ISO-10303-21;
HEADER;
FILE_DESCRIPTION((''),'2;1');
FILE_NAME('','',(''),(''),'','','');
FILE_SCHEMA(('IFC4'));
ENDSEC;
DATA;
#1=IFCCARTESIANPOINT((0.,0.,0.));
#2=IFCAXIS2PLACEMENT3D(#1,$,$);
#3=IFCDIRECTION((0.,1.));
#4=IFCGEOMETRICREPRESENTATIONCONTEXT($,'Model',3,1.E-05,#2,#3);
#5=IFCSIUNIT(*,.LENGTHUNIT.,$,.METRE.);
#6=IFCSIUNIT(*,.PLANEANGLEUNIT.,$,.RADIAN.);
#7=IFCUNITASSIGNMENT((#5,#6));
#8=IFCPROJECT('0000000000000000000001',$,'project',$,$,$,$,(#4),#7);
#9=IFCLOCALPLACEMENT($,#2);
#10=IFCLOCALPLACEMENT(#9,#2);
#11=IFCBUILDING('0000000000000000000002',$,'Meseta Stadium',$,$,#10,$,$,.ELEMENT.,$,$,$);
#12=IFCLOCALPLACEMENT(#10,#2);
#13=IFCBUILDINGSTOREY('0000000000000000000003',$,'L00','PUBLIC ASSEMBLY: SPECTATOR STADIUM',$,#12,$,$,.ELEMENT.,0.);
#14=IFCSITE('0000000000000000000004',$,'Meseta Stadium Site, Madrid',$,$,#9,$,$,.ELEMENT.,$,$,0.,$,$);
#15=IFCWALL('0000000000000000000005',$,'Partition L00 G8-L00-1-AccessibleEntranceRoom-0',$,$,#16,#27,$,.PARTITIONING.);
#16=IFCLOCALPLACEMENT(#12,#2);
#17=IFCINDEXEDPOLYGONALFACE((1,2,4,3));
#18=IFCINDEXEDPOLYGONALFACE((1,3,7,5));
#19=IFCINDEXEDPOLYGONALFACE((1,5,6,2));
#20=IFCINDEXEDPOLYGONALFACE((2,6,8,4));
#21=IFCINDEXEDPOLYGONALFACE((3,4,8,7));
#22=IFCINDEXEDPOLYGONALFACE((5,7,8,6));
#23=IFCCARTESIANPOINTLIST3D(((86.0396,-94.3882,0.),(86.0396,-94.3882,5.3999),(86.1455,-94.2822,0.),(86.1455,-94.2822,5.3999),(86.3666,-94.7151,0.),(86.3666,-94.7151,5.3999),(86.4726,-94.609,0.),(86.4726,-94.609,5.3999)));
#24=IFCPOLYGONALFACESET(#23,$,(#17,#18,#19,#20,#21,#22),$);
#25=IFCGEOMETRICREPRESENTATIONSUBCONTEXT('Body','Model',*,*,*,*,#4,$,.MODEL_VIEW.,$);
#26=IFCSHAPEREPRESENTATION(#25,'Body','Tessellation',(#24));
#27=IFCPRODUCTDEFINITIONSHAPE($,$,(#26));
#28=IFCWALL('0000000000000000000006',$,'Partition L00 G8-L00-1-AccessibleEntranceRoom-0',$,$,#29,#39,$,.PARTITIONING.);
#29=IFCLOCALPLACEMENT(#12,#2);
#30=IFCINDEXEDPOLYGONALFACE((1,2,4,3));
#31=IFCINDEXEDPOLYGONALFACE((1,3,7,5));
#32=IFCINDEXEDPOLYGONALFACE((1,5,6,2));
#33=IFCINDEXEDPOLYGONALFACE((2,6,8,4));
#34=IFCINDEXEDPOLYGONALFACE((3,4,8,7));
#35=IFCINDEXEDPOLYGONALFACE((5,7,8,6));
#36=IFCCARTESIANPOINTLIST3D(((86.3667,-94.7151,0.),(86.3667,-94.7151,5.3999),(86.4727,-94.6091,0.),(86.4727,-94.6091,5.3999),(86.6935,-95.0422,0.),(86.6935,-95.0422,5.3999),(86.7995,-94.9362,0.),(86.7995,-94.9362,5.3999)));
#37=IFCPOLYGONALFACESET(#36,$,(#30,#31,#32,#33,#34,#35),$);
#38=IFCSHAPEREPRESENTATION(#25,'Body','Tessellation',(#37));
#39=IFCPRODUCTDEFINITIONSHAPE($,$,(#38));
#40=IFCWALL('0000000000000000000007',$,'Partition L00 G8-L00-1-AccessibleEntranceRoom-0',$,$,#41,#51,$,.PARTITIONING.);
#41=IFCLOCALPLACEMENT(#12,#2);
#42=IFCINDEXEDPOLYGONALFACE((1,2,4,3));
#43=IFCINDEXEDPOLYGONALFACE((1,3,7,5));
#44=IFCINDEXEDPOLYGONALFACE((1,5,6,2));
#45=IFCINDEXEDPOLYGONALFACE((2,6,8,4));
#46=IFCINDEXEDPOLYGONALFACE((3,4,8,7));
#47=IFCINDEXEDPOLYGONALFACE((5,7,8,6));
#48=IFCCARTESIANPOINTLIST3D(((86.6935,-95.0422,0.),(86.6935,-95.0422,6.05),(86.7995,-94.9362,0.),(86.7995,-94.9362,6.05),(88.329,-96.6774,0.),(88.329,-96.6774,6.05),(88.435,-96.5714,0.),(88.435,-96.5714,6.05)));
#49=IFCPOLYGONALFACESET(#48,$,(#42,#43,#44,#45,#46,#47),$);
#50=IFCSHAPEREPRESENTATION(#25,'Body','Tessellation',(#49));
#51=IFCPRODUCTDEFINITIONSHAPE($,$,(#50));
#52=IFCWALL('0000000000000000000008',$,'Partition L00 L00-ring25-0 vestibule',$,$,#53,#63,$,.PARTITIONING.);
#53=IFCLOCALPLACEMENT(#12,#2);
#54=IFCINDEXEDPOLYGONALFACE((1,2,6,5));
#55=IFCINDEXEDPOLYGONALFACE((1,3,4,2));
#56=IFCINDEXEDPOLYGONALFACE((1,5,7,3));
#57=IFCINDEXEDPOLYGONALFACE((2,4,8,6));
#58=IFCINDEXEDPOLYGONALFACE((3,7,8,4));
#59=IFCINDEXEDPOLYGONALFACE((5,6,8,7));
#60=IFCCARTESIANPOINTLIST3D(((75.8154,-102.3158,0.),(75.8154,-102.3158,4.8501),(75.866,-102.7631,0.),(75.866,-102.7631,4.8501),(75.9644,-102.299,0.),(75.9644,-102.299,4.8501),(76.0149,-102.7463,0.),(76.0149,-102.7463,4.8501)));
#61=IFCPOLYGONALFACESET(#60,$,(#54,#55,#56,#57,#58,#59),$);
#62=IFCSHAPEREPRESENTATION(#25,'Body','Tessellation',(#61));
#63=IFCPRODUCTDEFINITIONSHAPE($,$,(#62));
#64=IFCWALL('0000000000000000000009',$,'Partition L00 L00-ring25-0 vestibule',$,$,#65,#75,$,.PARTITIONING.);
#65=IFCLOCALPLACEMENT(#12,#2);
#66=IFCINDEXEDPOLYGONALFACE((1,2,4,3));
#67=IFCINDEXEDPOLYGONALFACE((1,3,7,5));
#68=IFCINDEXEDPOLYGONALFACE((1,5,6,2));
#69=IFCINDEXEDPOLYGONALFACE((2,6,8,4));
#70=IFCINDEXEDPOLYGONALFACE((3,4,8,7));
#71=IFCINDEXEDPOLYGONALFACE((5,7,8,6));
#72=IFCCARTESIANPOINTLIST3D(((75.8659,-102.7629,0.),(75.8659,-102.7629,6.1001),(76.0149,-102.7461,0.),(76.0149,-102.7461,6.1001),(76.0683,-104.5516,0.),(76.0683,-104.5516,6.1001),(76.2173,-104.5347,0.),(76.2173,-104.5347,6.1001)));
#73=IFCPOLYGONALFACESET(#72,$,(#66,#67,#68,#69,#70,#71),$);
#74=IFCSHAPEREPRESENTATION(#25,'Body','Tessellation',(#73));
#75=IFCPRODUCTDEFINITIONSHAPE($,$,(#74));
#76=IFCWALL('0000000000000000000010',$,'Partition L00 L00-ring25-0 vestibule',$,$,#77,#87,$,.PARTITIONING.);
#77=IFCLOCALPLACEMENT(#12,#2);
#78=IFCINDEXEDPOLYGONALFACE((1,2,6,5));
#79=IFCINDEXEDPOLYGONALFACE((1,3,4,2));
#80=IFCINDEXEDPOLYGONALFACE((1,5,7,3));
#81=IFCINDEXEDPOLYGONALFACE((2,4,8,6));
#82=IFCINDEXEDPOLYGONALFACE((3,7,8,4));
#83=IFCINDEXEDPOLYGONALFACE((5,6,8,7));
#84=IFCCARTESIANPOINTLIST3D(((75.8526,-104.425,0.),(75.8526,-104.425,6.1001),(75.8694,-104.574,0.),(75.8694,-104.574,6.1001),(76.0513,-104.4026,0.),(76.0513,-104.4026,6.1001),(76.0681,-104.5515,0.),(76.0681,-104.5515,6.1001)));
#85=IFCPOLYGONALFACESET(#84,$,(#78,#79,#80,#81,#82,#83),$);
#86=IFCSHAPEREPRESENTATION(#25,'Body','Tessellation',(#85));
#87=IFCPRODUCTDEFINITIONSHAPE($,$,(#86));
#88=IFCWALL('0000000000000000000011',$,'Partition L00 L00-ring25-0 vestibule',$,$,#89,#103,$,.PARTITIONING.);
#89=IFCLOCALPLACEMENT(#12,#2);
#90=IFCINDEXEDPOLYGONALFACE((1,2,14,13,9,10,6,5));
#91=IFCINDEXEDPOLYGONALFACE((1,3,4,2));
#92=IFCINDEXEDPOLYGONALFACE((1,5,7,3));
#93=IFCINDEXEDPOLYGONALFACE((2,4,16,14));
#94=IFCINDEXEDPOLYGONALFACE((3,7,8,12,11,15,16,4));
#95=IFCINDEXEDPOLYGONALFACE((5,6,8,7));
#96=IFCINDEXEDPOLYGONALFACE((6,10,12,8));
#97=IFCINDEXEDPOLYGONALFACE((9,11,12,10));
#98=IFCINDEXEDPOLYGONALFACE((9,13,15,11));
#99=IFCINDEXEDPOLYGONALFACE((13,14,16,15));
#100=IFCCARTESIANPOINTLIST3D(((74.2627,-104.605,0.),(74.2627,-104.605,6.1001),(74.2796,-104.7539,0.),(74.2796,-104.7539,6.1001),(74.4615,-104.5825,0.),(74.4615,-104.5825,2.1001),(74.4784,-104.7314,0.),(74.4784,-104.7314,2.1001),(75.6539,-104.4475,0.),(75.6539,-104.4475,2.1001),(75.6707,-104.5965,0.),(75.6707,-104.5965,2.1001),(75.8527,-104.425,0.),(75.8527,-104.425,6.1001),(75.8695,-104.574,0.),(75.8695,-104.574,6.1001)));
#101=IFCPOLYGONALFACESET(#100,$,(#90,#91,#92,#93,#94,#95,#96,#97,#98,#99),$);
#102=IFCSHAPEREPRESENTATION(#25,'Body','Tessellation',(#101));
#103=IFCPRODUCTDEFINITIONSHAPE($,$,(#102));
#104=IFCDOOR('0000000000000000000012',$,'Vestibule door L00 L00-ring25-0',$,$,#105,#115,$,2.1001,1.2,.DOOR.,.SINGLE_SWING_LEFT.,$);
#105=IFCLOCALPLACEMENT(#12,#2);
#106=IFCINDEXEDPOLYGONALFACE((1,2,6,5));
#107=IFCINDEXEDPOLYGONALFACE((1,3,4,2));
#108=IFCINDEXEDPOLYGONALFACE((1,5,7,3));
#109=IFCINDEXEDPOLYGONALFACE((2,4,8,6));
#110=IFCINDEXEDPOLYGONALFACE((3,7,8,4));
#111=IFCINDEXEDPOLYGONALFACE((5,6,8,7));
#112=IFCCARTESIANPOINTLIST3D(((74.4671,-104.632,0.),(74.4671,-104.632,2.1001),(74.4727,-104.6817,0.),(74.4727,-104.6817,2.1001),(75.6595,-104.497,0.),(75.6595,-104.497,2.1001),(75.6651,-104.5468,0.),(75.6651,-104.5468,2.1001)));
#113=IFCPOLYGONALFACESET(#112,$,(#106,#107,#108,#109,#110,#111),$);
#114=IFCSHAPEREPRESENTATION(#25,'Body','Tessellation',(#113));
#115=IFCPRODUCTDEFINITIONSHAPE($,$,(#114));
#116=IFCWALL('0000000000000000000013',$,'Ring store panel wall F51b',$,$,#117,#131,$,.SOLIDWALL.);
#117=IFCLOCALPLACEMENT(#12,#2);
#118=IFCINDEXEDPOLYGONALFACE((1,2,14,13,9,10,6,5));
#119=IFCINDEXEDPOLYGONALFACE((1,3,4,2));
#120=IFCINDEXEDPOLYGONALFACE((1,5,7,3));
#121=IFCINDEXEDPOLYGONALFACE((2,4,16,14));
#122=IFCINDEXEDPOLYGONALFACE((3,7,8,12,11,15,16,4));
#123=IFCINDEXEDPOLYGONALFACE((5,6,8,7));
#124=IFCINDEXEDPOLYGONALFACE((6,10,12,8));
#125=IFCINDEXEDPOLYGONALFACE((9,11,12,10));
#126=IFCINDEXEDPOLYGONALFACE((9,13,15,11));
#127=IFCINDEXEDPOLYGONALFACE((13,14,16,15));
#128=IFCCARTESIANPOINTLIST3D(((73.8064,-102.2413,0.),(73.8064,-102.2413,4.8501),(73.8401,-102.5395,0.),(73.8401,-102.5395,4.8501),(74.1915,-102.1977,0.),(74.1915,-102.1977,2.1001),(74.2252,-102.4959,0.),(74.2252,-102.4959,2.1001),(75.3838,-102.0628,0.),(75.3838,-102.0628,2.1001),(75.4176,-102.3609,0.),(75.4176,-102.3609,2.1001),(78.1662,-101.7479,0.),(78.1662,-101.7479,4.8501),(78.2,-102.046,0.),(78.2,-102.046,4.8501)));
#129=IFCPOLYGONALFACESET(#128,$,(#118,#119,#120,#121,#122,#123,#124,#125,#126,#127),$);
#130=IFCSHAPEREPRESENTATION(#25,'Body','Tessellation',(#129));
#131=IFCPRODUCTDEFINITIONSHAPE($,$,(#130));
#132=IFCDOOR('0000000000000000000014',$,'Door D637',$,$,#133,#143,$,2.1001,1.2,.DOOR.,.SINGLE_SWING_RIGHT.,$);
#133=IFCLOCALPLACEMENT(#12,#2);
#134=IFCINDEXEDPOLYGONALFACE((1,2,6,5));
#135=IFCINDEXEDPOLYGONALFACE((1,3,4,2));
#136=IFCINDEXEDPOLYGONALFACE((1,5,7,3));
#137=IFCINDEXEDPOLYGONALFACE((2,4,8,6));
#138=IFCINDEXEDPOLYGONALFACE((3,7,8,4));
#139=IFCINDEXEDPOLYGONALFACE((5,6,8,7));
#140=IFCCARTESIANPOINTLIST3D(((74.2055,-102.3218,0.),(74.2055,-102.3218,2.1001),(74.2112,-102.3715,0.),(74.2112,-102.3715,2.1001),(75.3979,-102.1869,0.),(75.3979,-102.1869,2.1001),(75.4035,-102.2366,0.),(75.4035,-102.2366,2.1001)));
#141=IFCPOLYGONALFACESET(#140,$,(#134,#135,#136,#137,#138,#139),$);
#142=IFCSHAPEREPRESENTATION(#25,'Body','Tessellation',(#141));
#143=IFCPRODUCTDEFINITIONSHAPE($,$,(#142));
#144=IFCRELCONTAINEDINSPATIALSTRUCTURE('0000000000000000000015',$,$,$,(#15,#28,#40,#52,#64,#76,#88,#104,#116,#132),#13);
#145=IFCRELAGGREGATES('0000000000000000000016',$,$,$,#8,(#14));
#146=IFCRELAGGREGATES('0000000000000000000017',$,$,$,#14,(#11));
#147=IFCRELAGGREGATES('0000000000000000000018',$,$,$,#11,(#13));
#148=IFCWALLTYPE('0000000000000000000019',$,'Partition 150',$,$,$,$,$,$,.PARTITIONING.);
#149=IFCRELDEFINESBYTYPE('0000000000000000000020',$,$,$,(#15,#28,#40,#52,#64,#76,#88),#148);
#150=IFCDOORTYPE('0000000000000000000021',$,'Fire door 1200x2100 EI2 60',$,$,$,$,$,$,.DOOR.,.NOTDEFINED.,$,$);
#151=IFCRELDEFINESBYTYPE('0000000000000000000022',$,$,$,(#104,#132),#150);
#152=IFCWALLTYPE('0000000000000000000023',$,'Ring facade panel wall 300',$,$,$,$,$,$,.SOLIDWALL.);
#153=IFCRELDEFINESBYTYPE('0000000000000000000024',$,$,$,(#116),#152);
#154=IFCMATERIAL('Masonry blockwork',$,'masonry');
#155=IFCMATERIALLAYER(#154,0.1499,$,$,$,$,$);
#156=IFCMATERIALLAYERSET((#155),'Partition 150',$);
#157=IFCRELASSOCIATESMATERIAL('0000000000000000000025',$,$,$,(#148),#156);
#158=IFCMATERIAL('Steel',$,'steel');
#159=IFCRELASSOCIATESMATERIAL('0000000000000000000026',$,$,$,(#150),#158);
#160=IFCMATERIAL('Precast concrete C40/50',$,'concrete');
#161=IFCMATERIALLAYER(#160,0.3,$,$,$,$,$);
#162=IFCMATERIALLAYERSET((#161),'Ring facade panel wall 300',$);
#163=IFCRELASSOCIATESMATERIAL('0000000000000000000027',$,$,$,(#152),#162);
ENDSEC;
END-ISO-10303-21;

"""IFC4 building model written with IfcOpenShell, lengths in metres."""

from ifc_helpers import new_model, si_unit, direction, frame, frame_2d, origin, place, context, subcontext, project, spatial, rectangle, extrude, material, layer, layer_set, type_object, element, fill, save


model = new_model("IFC4")

# Units and contexts
model_context = context("Model", 3, precision=1e-05, world=origin(), true_north=direction((0.0, 1.0)))
body_context = subcontext(model_context, "Body", "Model", "MODEL_VIEW")
ifc_project = project(units=[si_unit("LENGTHUNIT", "METRE"), si_unit("PLANEANGLEUNIT", "RADIAN")], contexts=[model_context])

# Site, building, storey
site_placement = place(None, origin())
site = spatial("IfcSite", under=ifc_project, at=site_placement, Name="Meseta Stadium Site, Madrid", CompositionType="ELEMENT", RefElevation=0.0)
building_placement = place(site_placement, origin())
building = spatial("IfcBuilding", under=site, at=building_placement, Name="Meseta Stadium", CompositionType="ELEMENT")
storey_placement = place(building_placement, origin())
storey = spatial("IfcBuildingStorey", under=building, at=storey_placement, Name="L00", Description="PUBLIC ASSEMBLY: SPECTATOR STADIUM", CompositionType="ELEMENT", Elevation=0.0)

# Shared definitions
ifc_material_1 = material(Name="Masonry blockwork", Category="masonry")
ifc_layer_1 = layer(ifc_material_1, 0.1499)
ifc_layer_set_1 = layer_set([ifc_layer_1], Name="Partition 150")
wall_type_1 = type_object("IfcWallType", Name="Partition 150", PredefinedType="PARTITIONING", material=ifc_layer_set_1)

# Walls
for number, where, z_axis, x_axis, name in (
    (1, (86.0925, -94.3352, 0.0), (0.0, 0.0, 1.0), (0.707371, -0.706843, 0.0), "Partition L00 G8-L00-1-AccessibleEntranceRoom-0"),
    (2, (86.4197, -94.6621, 0.0), (0.0, 0.0, 1.0), (0.706843, -0.707371, 0.0), "Partition L00 G8-L00-1-AccessibleEntranceRoom-0"),
):
    element("IfcWall", number, at=place(storey_placement, frame(where, z_axis=z_axis, x_axis=x_axis)), inside=storey, type_object=wall_type_1, Name=name, PredefinedType="PARTITIONING", context=body_context, shape_type="SweptSolid", body=[
        extrude(rectangle(XDim=0.4624, YDim=0.1499, at=frame_2d((0.2312, 0.0))), origin(), (0.0, 0.0, 1.0), 5.3999),
    ])
wall_1_placement = place(storey_placement, frame((86.7466, -94.9893, 0.0), z_axis=(0.0, 0.0, 1.0), x_axis=(0.70716, -0.707054, 0.0)))
element("IfcWall", 3, at=wall_1_placement, inside=storey, type_object=wall_type_1, Name="Partition L00 G8-L00-1-AccessibleEntranceRoom-0", PredefinedType="PARTITIONING", context=body_context, shape_type="SweptSolid", body=[
    extrude(rectangle(XDim=2.3127, YDim=0.1499, at=frame_2d((1.1562, 0.0))), origin(), (0.0, 0.0, 1.0), 6.05),
])
wall_2_placement = place(storey_placement, frame((75.8899, -102.3074, 0.0), z_axis=(0.0, 0.0, 1.0), x_axis=(0.112277, -0.993677, 0.0)))
element("IfcWall", 4, at=wall_2_placement, inside=storey, type_object=wall_type_1, Name="Partition L00 L00-ring25-0 vestibule", PredefinedType="PARTITIONING", context=body_context, shape_type="SweptSolid", body=[
    extrude(rectangle(XDim=0.4502, YDim=0.1499, at=frame_2d((0.2251, 0.0))), origin(), (0.0, 0.0, 1.0), 4.8501),
])
wall_3_placement = place(storey_placement, frame((75.9404, -102.7546, 0.0), z_axis=(0.0, 0.0, 1.0), x_axis=(0.112441, -0.993658, 0.0)))
element("IfcWall", 5, at=wall_3_placement, inside=storey, type_object=wall_type_1, Name="Partition L00 L00-ring25-0 vestibule", PredefinedType="PARTITIONING", context=body_context, shape_type="SweptSolid", body=[
    extrude(rectangle(XDim=1.8, YDim=0.1499, at=frame_2d((0.8999, 0.0))), origin(), (0.0, 0.0, 1.0), 6.1001),
])
wall_4_placement = place(storey_placement, frame((76.0598, -104.4771, 0.0), z_axis=(0.0, 0.0, 1.0), x_axis=(-0.993674, -0.112307, 0.0)))
element("IfcWall", 6, at=wall_4_placement, inside=storey, type_object=wall_type_1, Name="Partition L00 L00-ring25-0 vestibule", PredefinedType="PARTITIONING", context=body_context, shape_type="SweptSolid", body=[
    extrude(rectangle(XDim=0.2, YDim=0.1499, at=frame_2d((0.1001, 0.0))), origin(), (0.0, 0.0, 1.0), 6.1001),
])

# Walls, openings, doors
wall_5_placement = place(storey_placement, frame((75.8611, -104.4995, 0.0), z_axis=(0.0, 0.0, 1.0), x_axis=(-0.993657, -0.112458, 0.0)))
wall_5 = element("IfcWall", 7, at=wall_5_placement, inside=storey, type_object=wall_type_1, Name="Partition L00 L00-ring25-0 vestibule", PredefinedType="PARTITIONING", context=body_context, shape_type="SweptSolid", body=[
    extrude(rectangle(XDim=1.6001, YDim=0.1499, at=frame_2d((0.8, 0.0))), origin(), (0.0, 0.0, 1.0), 6.1001),
])
opening_1_placement = place(wall_5_placement, frame((0.2, 0.0, 0.0)))
opening_1 = element("IfcOpeningElement", 8, at=opening_1_placement, cuts=wall_5, PredefinedType="OPENING", context=body_context, shape_type="SweptSolid", body=[
    extrude(rectangle(XDim=1.2, YDim=2.1001, at=frame_2d((0.6001, 1.05))), frame((0.0, 0.085, 0.0), z_axis=(0.0, -1.0, 0.0), x_axis=(1.0, 0.0, 0.0)), (0.0, 0.0, 1.0), 0.1699),
])
ifc_material_2 = material(Name="Steel", Category="steel")
door_type_1 = type_object("IfcDoorType", Name="Fire door 1200x2100 EI2 60", OperationType="NOTDEFINED", PredefinedType="DOOR", material=ifc_material_2)
door_1_placement = place(opening_1_placement, origin())
door_1 = element("IfcDoor", 9, at=door_1_placement, inside=storey, type_object=door_type_1, Name="Vestibule door L00 L00-ring25-0", OperationType="SINGLE_SWING_LEFT", OverallHeight=2.1001, OverallWidth=1.2, PredefinedType="DOOR", context=body_context, shape_type="SweptSolid", body=[
    extrude(rectangle(XDim=1.2, YDim=2.1001, at=frame_2d((0.6001, 1.05))), frame((0.0, 0.0249, 0.0), z_axis=(0.0, -1.0, 0.0), x_axis=(1.0, 0.0, 0.0)), (0.0, 0.0, 1.0), 0.05),
])
fill(opening_1, door_1)
ifc_material_3 = material(Name="Precast concrete C40/50", Category="concrete")
ifc_layer_2 = layer(ifc_material_3, 0.3)
ifc_layer_set_2 = layer_set([ifc_layer_2], Name="Ring facade panel wall 300")
wall_type_2 = type_object("IfcWallType", Name="Ring facade panel wall 300", PredefinedType="SOLIDWALL", material=ifc_layer_set_2)
wall_6_placement = place(storey_placement, frame((78.1831, -101.897, 0.0), z_axis=(0.0, 0.0, 1.0), x_axis=(-0.993657, -0.112453, 0.0)))
wall_6 = element("IfcWall", 10, at=wall_6_placement, inside=storey, type_object=wall_type_2, Name="Ring store panel wall F51b", PredefinedType="SOLIDWALL", context=body_context, shape_type="SweptSolid", body=[
    extrude(rectangle(XDim=4.3877, YDim=0.3, at=frame_2d((2.1938, 0.0))), origin(), (0.0, 0.0, 1.0), 4.8501),
])
opening_2_placement = place(wall_6_placement, frame((2.8, 0.0, 0.0)))
opening_2 = element("IfcOpeningElement", 11, at=opening_2_placement, cuts=wall_6, PredefinedType="OPENING", context=body_context, shape_type="SweptSolid", body=[
    extrude(rectangle(XDim=1.2, YDim=2.1001, at=frame_2d((0.6001, 1.05))), frame((0.0, 0.1599, 0.0), z_axis=(0.0, -1.0, 0.0), x_axis=(1.0, 0.0, 0.0)), (0.0, 0.0, 1.0), 0.3201),
])
door_2_placement = place(opening_2_placement, origin())
door_2 = element("IfcDoor", 12, at=door_2_placement, inside=storey, type_object=door_type_1, Name="Door D637", OperationType="SINGLE_SWING_RIGHT", OverallHeight=2.1001, OverallWidth=1.2, PredefinedType="DOOR", context=body_context, shape_type="SweptSolid", body=[
    extrude(rectangle(XDim=1.2, YDim=2.1001, at=frame_2d((0.6001, 1.05))), frame((0.0, 0.0249, 0.0), z_axis=(0.0, -1.0, 0.0), x_axis=(1.0, 0.0, 0.0)), (0.0, 0.0, 1.0), 0.05),
])
fill(opening_2, door_2)

save(model, "model.ifc")
